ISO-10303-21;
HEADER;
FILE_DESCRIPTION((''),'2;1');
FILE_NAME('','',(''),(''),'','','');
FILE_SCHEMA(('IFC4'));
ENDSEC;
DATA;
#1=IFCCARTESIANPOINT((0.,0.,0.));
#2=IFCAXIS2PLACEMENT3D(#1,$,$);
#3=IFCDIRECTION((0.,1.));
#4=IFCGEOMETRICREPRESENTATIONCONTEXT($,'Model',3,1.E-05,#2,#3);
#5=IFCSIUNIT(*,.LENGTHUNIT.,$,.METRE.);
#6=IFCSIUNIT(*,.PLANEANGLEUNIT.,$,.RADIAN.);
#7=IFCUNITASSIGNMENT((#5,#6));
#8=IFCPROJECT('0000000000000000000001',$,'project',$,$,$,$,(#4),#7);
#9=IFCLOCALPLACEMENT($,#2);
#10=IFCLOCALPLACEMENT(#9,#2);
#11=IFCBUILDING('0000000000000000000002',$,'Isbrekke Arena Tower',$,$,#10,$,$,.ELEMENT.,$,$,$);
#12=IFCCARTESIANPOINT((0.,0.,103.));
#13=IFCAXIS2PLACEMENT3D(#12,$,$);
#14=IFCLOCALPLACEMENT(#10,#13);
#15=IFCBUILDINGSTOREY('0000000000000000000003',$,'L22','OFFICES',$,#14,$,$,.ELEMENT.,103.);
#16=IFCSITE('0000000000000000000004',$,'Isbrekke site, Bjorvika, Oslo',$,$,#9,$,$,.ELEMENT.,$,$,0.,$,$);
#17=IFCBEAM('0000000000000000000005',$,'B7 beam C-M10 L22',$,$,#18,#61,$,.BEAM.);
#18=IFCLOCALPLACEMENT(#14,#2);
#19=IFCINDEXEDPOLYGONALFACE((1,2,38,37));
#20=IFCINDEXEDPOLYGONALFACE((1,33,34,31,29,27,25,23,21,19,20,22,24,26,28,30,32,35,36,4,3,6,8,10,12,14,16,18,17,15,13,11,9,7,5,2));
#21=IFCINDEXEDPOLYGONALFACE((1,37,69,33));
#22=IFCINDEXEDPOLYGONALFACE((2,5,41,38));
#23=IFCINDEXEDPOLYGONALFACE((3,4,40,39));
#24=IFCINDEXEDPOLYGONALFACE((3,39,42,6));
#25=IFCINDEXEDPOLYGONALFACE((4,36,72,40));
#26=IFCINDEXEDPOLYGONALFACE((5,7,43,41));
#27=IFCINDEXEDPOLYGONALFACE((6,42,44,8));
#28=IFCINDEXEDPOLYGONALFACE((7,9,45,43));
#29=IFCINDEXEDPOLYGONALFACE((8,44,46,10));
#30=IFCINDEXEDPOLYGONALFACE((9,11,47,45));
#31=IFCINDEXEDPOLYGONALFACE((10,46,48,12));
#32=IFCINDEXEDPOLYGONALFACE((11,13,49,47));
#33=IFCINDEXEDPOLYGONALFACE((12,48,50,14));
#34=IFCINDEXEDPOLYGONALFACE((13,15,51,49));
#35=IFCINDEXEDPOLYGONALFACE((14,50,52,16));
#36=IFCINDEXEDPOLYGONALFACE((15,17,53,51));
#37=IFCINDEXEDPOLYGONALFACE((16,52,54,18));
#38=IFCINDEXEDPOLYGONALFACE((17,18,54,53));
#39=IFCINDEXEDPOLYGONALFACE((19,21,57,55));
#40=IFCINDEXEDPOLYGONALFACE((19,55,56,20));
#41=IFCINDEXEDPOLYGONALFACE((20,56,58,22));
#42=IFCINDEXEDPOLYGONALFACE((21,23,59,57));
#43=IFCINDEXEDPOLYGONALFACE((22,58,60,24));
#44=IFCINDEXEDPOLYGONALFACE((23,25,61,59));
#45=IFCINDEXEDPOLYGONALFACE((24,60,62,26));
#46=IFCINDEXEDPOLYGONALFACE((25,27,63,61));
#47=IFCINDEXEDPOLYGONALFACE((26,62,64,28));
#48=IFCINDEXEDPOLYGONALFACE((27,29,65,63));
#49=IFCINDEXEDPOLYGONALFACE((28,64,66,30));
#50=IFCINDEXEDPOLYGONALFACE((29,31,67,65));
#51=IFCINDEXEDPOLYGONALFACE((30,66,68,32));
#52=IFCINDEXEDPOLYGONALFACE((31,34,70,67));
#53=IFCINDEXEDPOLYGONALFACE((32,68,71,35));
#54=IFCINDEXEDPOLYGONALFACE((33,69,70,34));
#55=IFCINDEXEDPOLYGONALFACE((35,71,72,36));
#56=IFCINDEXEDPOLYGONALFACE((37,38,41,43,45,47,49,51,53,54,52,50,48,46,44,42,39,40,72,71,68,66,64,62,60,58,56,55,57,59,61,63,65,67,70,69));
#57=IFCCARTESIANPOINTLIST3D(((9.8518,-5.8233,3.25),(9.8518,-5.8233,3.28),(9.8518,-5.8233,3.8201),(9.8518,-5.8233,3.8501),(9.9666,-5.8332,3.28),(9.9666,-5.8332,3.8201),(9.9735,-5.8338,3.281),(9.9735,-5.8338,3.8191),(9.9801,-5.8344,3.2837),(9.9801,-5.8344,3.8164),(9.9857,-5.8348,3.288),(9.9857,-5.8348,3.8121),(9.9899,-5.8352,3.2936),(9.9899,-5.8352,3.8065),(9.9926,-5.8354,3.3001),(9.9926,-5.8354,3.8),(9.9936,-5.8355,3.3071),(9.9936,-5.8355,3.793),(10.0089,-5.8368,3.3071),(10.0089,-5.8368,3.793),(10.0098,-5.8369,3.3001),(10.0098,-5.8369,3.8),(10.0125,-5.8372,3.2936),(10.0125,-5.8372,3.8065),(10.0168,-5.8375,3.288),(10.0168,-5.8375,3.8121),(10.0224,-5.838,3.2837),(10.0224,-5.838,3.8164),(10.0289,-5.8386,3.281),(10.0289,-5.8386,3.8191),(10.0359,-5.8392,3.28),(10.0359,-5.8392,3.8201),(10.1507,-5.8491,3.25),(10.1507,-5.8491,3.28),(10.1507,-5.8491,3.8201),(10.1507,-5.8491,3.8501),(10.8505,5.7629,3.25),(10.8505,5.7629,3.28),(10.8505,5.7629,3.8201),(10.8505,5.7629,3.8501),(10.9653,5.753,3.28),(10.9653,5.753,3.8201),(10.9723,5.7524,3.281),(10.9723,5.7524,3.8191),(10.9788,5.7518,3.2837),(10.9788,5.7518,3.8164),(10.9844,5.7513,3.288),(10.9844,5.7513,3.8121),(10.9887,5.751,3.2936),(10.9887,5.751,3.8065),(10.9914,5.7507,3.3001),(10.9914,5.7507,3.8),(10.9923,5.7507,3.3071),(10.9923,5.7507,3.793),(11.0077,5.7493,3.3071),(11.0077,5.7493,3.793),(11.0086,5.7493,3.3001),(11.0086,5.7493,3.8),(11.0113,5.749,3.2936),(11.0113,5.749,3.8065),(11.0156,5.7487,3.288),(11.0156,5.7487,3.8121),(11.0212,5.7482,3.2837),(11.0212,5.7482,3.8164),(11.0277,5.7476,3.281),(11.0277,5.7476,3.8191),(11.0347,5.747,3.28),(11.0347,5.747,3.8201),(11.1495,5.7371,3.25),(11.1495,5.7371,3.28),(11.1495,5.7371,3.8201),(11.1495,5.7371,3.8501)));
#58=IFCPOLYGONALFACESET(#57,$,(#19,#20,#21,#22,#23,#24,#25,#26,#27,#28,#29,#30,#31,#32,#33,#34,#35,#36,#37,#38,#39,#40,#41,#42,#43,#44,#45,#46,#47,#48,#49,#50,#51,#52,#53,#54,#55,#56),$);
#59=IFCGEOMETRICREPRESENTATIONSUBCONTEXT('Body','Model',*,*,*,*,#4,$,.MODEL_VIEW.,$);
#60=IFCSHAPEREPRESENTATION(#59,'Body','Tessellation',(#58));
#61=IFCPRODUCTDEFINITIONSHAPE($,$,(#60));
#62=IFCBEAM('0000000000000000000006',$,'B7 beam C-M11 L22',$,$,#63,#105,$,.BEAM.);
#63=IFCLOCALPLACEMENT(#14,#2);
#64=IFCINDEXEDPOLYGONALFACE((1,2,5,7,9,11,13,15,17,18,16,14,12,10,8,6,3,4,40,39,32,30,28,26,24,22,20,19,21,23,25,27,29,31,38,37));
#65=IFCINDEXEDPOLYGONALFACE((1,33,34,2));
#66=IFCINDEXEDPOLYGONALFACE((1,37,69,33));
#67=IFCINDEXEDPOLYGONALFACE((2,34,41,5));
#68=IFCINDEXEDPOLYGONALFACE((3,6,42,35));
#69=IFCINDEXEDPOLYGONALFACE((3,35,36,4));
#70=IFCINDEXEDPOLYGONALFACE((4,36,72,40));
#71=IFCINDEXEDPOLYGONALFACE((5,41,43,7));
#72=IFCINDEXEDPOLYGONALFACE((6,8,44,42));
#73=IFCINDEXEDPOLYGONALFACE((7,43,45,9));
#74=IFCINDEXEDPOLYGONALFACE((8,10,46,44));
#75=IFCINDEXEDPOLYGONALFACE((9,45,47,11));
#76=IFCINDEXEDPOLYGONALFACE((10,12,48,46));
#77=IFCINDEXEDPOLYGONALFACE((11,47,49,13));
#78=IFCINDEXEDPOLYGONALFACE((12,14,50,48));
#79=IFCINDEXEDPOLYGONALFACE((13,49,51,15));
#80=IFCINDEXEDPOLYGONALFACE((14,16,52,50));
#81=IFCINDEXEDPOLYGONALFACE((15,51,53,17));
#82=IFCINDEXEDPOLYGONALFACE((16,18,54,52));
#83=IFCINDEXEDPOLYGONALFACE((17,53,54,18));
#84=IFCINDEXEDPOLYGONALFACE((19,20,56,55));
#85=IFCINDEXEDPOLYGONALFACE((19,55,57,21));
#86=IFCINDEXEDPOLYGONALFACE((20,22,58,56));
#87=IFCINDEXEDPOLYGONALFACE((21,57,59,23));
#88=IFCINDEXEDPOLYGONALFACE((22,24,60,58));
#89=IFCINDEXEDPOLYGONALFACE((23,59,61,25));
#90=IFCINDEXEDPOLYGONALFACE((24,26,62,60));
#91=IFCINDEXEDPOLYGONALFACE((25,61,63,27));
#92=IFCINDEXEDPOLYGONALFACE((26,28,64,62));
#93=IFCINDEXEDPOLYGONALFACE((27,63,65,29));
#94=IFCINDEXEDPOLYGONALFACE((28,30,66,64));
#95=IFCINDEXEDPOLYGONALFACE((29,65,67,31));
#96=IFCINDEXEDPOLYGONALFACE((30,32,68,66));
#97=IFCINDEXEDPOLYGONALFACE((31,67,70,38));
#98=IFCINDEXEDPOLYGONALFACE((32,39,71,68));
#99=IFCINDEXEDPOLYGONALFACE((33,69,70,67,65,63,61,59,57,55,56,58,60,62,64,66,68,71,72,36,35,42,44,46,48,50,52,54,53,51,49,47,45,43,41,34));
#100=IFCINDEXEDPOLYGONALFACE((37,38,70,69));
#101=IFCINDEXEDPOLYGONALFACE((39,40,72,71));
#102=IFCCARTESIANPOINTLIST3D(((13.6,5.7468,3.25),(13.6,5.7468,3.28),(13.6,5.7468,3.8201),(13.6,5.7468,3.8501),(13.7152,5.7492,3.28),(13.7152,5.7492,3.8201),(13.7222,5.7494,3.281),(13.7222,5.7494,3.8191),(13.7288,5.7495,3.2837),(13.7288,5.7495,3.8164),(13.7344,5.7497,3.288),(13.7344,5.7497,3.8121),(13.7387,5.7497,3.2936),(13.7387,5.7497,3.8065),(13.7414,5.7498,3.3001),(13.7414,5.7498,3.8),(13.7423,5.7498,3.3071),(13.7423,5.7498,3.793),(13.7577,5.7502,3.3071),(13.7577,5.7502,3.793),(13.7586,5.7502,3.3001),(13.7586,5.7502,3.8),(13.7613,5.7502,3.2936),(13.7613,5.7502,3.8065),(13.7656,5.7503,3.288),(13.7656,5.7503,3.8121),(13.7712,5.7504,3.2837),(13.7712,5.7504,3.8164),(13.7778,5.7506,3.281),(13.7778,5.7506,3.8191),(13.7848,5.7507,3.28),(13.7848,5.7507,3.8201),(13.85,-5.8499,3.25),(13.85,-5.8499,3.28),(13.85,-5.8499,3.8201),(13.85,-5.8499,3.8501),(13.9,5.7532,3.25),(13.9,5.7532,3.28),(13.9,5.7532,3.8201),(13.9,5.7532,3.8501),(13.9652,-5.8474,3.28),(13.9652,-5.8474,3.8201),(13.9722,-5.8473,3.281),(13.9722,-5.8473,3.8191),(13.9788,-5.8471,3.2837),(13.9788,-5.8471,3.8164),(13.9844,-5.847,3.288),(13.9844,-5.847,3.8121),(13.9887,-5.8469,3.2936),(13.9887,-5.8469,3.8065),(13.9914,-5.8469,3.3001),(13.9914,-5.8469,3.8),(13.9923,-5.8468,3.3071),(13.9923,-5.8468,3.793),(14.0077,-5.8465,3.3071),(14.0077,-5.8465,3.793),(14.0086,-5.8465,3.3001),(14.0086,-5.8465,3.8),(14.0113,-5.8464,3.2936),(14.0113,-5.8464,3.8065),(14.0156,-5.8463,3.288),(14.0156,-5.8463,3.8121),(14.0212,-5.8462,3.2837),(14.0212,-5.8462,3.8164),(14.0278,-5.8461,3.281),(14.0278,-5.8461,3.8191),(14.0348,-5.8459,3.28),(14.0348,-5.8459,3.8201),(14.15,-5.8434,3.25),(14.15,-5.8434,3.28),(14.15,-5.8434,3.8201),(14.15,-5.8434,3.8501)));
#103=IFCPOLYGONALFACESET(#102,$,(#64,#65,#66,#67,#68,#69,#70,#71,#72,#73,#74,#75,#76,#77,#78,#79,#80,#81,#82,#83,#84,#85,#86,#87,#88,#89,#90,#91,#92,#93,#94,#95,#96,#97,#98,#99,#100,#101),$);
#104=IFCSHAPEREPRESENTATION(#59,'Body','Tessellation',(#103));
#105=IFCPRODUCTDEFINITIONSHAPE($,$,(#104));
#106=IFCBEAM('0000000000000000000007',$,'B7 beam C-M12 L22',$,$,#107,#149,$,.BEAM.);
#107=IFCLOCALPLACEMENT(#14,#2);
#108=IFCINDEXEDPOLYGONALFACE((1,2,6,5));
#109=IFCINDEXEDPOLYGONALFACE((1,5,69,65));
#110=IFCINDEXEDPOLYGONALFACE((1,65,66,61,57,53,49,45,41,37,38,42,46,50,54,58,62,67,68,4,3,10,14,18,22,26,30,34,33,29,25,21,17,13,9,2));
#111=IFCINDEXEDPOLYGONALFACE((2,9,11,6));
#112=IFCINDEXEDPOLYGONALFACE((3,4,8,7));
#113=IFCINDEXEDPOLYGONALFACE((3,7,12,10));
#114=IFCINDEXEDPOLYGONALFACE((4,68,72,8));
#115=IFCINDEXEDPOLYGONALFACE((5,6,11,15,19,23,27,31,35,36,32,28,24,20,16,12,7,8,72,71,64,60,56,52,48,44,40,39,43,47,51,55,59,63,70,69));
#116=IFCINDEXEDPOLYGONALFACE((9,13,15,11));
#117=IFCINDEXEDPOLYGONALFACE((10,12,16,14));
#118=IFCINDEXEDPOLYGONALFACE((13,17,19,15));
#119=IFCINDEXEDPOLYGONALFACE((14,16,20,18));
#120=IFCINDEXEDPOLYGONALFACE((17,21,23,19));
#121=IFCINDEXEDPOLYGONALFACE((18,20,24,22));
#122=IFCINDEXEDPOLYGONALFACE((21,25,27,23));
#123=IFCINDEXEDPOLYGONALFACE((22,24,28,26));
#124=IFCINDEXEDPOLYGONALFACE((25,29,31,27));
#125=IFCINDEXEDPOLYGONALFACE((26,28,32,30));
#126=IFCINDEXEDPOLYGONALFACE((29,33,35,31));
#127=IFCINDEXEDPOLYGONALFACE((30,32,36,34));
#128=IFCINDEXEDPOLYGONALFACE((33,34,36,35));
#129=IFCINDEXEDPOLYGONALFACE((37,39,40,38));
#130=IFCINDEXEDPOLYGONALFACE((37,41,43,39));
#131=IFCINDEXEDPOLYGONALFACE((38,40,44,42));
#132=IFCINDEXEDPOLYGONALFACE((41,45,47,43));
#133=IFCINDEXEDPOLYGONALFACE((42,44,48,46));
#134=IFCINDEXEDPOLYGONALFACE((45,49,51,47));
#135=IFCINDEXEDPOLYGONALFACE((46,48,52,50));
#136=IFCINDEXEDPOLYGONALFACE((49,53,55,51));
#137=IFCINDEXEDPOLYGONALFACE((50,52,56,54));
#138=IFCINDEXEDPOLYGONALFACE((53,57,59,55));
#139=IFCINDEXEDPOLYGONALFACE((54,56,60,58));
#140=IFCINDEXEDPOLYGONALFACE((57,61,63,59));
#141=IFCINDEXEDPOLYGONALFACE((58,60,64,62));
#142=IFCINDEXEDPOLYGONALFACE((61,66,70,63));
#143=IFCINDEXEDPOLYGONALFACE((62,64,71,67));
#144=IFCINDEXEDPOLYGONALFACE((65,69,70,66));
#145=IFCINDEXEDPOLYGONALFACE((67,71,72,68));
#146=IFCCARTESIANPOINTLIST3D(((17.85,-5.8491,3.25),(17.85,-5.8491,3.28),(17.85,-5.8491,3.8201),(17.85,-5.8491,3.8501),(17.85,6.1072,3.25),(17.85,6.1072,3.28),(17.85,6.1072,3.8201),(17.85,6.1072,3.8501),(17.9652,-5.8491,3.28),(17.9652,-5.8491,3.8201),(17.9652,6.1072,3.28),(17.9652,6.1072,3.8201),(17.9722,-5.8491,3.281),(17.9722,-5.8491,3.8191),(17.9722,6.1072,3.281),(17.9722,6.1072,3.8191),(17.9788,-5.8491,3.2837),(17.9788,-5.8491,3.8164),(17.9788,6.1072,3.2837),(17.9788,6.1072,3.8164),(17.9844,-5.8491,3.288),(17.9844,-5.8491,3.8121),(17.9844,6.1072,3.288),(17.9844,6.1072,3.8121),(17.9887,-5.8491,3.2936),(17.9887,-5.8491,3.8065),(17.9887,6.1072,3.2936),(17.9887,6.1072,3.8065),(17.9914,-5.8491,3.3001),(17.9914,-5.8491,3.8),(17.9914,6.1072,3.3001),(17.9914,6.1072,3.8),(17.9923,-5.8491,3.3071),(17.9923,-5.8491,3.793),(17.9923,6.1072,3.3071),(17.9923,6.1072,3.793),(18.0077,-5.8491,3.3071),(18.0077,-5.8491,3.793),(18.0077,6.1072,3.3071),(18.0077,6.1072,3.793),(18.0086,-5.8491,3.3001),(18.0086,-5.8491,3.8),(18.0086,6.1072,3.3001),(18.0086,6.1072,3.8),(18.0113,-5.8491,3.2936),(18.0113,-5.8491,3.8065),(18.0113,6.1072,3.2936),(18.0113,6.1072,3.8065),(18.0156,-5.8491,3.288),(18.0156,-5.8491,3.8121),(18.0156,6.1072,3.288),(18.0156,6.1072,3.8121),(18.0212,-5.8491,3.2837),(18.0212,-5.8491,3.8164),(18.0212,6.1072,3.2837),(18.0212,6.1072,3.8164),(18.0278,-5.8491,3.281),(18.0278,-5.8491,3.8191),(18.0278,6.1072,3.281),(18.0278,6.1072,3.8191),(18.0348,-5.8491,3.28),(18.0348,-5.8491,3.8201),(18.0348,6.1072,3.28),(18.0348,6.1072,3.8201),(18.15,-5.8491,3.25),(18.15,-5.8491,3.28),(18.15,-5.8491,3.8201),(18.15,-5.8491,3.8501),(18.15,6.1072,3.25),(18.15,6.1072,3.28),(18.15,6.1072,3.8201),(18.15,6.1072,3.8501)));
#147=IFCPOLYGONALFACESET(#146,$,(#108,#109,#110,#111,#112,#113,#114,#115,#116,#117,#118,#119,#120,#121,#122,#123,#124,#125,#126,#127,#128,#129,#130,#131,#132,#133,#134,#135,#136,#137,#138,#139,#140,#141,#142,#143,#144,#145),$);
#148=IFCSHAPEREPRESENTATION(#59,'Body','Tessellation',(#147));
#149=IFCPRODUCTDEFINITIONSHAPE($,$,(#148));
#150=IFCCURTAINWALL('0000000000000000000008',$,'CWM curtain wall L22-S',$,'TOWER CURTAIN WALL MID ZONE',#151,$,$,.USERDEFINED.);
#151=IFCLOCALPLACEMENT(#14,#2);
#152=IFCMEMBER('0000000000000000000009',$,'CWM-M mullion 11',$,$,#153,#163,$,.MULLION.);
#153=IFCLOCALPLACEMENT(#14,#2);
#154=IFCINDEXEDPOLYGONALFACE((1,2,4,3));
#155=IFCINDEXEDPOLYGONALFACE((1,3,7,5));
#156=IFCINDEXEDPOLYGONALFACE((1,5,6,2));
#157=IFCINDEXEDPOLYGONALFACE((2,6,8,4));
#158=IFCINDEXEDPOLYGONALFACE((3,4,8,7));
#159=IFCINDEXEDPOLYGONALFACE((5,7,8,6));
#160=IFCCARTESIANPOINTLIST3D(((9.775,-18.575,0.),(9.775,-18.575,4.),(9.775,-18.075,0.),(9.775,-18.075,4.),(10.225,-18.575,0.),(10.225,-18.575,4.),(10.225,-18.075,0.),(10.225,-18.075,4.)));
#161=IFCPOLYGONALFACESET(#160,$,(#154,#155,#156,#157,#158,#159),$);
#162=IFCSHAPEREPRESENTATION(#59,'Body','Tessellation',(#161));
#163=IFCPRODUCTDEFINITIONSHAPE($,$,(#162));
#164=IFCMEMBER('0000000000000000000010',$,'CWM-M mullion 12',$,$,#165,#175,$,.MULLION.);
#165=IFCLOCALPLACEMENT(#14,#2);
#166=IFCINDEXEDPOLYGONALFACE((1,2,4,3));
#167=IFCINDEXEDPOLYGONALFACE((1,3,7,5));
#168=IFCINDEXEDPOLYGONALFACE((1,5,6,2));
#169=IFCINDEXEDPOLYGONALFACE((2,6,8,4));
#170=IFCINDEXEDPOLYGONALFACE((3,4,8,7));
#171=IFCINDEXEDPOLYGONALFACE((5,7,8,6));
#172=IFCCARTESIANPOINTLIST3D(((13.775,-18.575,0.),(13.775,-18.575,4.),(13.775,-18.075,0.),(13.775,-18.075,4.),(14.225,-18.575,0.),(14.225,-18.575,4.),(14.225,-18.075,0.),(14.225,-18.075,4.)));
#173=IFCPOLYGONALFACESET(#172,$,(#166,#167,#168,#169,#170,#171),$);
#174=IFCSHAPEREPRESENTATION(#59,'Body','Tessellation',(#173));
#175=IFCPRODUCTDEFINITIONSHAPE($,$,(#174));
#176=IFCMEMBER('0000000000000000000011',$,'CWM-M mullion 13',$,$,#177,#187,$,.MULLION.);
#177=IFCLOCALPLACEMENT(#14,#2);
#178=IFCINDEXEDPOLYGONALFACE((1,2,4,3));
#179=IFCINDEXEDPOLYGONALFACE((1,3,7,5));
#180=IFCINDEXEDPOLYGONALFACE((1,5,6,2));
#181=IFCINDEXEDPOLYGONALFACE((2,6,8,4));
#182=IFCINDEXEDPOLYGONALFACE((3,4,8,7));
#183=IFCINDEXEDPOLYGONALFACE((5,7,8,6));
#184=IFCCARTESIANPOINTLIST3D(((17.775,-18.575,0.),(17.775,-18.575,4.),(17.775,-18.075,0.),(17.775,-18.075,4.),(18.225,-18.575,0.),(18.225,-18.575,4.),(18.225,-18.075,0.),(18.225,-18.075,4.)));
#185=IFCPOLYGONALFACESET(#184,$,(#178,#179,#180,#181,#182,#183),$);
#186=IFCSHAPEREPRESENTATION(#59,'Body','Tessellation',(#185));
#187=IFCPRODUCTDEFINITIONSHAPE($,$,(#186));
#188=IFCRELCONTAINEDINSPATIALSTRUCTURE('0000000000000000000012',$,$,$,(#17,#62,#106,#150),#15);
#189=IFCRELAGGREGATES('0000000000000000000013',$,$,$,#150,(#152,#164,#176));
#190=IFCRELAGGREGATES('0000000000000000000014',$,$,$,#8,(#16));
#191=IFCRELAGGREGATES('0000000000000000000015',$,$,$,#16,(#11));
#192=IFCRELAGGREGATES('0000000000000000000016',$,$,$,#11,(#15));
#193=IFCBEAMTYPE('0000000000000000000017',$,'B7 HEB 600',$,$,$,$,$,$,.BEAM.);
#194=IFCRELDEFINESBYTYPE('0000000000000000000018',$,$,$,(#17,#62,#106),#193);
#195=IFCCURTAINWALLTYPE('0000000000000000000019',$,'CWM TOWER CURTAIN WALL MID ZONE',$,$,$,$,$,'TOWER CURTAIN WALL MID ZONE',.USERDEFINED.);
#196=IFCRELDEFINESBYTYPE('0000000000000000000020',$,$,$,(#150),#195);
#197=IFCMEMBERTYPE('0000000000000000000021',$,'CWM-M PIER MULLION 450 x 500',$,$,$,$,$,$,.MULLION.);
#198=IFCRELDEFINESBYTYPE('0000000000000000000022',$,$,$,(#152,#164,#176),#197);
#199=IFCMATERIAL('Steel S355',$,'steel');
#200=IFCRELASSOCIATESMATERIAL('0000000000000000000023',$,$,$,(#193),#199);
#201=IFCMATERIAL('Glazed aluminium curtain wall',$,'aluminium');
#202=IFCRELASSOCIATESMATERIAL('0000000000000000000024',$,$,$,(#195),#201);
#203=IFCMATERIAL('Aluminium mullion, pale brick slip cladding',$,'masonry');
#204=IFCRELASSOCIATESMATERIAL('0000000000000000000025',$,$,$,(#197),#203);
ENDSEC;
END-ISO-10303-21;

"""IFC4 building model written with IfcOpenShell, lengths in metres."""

from ifc_helpers import new_model, si_unit, direction, frame, origin, origin_2d, place, context, subcontext, project, spatial, rectangle, i_section, extrude, material, material_profile, profile_set, type_object, element, aggregate, save


model = new_model("IFC4")

# Units and contexts
model_context = context("Model", 3, precision=1e-05, world=origin(), true_north=direction((0.0, 1.0)))
body_context = subcontext(model_context, "Body", "Model", "MODEL_VIEW")
ifc_project = project(units=[si_unit("LENGTHUNIT", "METRE"), si_unit("PLANEANGLEUNIT", "RADIAN")], contexts=[model_context])

# Site, building, storey
site_placement = place(None, origin())
site = spatial("IfcSite", under=ifc_project, at=site_placement, Name="Isbrekke site, Bjorvika, Oslo", CompositionType="ELEMENT", RefElevation=0.0)
building_placement = place(site_placement, origin())
building = spatial("IfcBuilding", under=site, at=building_placement, Name="Isbrekke Arena Tower", CompositionType="ELEMENT")
storey_placement = place(building_placement, frame((0.0, 0.0, 103.0)))
storey = spatial("IfcBuildingStorey", under=building, at=storey_placement, Name="L22", Description="OFFICES", CompositionType="ELEMENT", Elevation=103.0)

# Beams
ifc_material_1 = material(Name="Steel S355", Category="steel")
ifc_material_profile_1 = material_profile(ifc_material_1, i_section(OverallWidth=0.3, OverallDepth=0.6001, WebThickness=0.0154, FlangeThickness=0.03, FilletRadius=0.0271, at=origin_2d()), Name="HEB 600")
ifc_profile_set_1 = profile_set([ifc_material_profile_1], Name="Steel S355")
beam_type_1 = type_object("IfcBeamType", Name="B7 HEB 600", PredefinedType="BEAM", material=ifc_profile_set_1)
beam_1_placement = place(storey_placement, frame((10.0012, -5.8362, 3.55), z_axis=(0.085886, 0.996305, 0.0), x_axis=(-0.996305, 0.085886, 0.0)))
element("IfcBeam", 1, at=beam_1_placement, inside=storey, type_object=beam_type_1, Name="B7 beam C-M10 L22", PredefinedType="BEAM", context=body_context, shape_type="SweptSolid", body=[
    extrude(i_section(OverallWidth=0.3, OverallDepth=0.6001, WebThickness=0.0154, FlangeThickness=0.03, FilletRadius=0.0271, at=origin_2d()), origin(), (0.0, 0.0, 1.0), 11.6292),
])
beam_2_placement = place(storey_placement, frame((14.0, -5.8467, 3.55), z_axis=(-0.021553, 0.999768, 0.0), x_axis=(-0.999768, -0.021553, 0.0)))
element("IfcBeam", 2, at=beam_2_placement, inside=storey, type_object=beam_type_1, Name="B7 beam C-M11 L22", PredefinedType="BEAM", context=body_context, shape_type="SweptSolid", body=[
    extrude(i_section(OverallWidth=0.3, OverallDepth=0.6001, WebThickness=0.0154, FlangeThickness=0.03, FilletRadius=0.0271, at=origin_2d()), origin(), (0.0, 0.0, 1.0), 11.5994),
])
beam_3_placement = place(storey_placement, frame((18.0, -5.8491, 3.55), z_axis=(0.0, 1.0, 0.0), x_axis=(-1.0, 0.0, 0.0)))
element("IfcBeam", 3, at=beam_3_placement, inside=storey, type_object=beam_type_1, Name="B7 beam C-M12 L22", PredefinedType="BEAM", context=body_context, shape_type="SweptSolid", body=[
    extrude(i_section(OverallWidth=0.3, OverallDepth=0.6001, WebThickness=0.0154, FlangeThickness=0.03, FilletRadius=0.0271, at=origin_2d()), origin(), (0.0, 0.0, 1.0), 11.9563),
])

# Curtain wall, members
ifc_material_2 = material(Name="Glazed aluminium curtain wall", Category="aluminium")
curtain_wall_type = type_object("IfcCurtainWallType", Name="CWM TOWER CURTAIN WALL MID ZONE", ElementType="TOWER CURTAIN WALL MID ZONE", PredefinedType="USERDEFINED", material=ifc_material_2)
curtain_wall_placement = place(storey_placement, origin())
curtain_wall = element("IfcCurtainWall", 4, at=curtain_wall_placement, inside=storey, type_object=curtain_wall_type, Name="CWM curtain wall L22-S", ObjectType="TOWER CURTAIN WALL MID ZONE", PredefinedType="USERDEFINED")
ifc_material_3 = material(Name="Aluminium mullion, pale brick slip cladding", Category="masonry")
ifc_material_profile_2 = material_profile(ifc_material_3, rectangle(XDim=0.45, YDim=0.5, at=origin_2d()), Name="PIER 450X500")
ifc_profile_set_2 = profile_set([ifc_material_profile_2], Name="Aluminium mullion, pale brick slip cladding")
member_type_1 = type_object("IfcMemberType", Name="CWM-M PIER MULLION 450 x 500", PredefinedType="MULLION", material=ifc_profile_set_2)
member_1_placement = place(storey_placement, frame((10.0, -18.325, 0.0), z_axis=(0.0, 0.0, 1.0), x_axis=(1.0, 0.0, 0.0)))
member_1 = element("IfcMember", 5, at=member_1_placement, type_object=member_type_1, Name="CWM-M mullion 11", PredefinedType="MULLION", context=body_context, shape_type="SweptSolid", body=[
    extrude(rectangle(XDim=0.45, YDim=0.5, at=origin_2d()), origin(), (0.0, 0.0, 1.0), 4.0),
])
member_2_placement = place(storey_placement, frame((14.0, -18.325, 0.0), z_axis=(0.0, 0.0, 1.0), x_axis=(1.0, 0.0, 0.0)))
member_2 = element("IfcMember", 6, at=member_2_placement, type_object=member_type_1, Name="CWM-M mullion 12", PredefinedType="MULLION", context=body_context, shape_type="SweptSolid", body=[
    extrude(rectangle(XDim=0.45, YDim=0.5, at=origin_2d()), origin(), (0.0, 0.0, 1.0), 4.0),
])
member_3_placement = place(storey_placement, frame((18.0, -18.325, 0.0), z_axis=(0.0, 0.0, 1.0), x_axis=(1.0, 0.0, 0.0)))
member_3 = element("IfcMember", 7, at=member_3_placement, type_object=member_type_1, Name="CWM-M mullion 13", PredefinedType="MULLION", context=body_context, shape_type="SweptSolid", body=[
    extrude(rectangle(XDim=0.45, YDim=0.5, at=origin_2d()), origin(), (0.0, 0.0, 1.0), 4.0),
])

aggregate(curtain_wall, [member_1, member_2, member_3])

save(model, "model.ifc")
